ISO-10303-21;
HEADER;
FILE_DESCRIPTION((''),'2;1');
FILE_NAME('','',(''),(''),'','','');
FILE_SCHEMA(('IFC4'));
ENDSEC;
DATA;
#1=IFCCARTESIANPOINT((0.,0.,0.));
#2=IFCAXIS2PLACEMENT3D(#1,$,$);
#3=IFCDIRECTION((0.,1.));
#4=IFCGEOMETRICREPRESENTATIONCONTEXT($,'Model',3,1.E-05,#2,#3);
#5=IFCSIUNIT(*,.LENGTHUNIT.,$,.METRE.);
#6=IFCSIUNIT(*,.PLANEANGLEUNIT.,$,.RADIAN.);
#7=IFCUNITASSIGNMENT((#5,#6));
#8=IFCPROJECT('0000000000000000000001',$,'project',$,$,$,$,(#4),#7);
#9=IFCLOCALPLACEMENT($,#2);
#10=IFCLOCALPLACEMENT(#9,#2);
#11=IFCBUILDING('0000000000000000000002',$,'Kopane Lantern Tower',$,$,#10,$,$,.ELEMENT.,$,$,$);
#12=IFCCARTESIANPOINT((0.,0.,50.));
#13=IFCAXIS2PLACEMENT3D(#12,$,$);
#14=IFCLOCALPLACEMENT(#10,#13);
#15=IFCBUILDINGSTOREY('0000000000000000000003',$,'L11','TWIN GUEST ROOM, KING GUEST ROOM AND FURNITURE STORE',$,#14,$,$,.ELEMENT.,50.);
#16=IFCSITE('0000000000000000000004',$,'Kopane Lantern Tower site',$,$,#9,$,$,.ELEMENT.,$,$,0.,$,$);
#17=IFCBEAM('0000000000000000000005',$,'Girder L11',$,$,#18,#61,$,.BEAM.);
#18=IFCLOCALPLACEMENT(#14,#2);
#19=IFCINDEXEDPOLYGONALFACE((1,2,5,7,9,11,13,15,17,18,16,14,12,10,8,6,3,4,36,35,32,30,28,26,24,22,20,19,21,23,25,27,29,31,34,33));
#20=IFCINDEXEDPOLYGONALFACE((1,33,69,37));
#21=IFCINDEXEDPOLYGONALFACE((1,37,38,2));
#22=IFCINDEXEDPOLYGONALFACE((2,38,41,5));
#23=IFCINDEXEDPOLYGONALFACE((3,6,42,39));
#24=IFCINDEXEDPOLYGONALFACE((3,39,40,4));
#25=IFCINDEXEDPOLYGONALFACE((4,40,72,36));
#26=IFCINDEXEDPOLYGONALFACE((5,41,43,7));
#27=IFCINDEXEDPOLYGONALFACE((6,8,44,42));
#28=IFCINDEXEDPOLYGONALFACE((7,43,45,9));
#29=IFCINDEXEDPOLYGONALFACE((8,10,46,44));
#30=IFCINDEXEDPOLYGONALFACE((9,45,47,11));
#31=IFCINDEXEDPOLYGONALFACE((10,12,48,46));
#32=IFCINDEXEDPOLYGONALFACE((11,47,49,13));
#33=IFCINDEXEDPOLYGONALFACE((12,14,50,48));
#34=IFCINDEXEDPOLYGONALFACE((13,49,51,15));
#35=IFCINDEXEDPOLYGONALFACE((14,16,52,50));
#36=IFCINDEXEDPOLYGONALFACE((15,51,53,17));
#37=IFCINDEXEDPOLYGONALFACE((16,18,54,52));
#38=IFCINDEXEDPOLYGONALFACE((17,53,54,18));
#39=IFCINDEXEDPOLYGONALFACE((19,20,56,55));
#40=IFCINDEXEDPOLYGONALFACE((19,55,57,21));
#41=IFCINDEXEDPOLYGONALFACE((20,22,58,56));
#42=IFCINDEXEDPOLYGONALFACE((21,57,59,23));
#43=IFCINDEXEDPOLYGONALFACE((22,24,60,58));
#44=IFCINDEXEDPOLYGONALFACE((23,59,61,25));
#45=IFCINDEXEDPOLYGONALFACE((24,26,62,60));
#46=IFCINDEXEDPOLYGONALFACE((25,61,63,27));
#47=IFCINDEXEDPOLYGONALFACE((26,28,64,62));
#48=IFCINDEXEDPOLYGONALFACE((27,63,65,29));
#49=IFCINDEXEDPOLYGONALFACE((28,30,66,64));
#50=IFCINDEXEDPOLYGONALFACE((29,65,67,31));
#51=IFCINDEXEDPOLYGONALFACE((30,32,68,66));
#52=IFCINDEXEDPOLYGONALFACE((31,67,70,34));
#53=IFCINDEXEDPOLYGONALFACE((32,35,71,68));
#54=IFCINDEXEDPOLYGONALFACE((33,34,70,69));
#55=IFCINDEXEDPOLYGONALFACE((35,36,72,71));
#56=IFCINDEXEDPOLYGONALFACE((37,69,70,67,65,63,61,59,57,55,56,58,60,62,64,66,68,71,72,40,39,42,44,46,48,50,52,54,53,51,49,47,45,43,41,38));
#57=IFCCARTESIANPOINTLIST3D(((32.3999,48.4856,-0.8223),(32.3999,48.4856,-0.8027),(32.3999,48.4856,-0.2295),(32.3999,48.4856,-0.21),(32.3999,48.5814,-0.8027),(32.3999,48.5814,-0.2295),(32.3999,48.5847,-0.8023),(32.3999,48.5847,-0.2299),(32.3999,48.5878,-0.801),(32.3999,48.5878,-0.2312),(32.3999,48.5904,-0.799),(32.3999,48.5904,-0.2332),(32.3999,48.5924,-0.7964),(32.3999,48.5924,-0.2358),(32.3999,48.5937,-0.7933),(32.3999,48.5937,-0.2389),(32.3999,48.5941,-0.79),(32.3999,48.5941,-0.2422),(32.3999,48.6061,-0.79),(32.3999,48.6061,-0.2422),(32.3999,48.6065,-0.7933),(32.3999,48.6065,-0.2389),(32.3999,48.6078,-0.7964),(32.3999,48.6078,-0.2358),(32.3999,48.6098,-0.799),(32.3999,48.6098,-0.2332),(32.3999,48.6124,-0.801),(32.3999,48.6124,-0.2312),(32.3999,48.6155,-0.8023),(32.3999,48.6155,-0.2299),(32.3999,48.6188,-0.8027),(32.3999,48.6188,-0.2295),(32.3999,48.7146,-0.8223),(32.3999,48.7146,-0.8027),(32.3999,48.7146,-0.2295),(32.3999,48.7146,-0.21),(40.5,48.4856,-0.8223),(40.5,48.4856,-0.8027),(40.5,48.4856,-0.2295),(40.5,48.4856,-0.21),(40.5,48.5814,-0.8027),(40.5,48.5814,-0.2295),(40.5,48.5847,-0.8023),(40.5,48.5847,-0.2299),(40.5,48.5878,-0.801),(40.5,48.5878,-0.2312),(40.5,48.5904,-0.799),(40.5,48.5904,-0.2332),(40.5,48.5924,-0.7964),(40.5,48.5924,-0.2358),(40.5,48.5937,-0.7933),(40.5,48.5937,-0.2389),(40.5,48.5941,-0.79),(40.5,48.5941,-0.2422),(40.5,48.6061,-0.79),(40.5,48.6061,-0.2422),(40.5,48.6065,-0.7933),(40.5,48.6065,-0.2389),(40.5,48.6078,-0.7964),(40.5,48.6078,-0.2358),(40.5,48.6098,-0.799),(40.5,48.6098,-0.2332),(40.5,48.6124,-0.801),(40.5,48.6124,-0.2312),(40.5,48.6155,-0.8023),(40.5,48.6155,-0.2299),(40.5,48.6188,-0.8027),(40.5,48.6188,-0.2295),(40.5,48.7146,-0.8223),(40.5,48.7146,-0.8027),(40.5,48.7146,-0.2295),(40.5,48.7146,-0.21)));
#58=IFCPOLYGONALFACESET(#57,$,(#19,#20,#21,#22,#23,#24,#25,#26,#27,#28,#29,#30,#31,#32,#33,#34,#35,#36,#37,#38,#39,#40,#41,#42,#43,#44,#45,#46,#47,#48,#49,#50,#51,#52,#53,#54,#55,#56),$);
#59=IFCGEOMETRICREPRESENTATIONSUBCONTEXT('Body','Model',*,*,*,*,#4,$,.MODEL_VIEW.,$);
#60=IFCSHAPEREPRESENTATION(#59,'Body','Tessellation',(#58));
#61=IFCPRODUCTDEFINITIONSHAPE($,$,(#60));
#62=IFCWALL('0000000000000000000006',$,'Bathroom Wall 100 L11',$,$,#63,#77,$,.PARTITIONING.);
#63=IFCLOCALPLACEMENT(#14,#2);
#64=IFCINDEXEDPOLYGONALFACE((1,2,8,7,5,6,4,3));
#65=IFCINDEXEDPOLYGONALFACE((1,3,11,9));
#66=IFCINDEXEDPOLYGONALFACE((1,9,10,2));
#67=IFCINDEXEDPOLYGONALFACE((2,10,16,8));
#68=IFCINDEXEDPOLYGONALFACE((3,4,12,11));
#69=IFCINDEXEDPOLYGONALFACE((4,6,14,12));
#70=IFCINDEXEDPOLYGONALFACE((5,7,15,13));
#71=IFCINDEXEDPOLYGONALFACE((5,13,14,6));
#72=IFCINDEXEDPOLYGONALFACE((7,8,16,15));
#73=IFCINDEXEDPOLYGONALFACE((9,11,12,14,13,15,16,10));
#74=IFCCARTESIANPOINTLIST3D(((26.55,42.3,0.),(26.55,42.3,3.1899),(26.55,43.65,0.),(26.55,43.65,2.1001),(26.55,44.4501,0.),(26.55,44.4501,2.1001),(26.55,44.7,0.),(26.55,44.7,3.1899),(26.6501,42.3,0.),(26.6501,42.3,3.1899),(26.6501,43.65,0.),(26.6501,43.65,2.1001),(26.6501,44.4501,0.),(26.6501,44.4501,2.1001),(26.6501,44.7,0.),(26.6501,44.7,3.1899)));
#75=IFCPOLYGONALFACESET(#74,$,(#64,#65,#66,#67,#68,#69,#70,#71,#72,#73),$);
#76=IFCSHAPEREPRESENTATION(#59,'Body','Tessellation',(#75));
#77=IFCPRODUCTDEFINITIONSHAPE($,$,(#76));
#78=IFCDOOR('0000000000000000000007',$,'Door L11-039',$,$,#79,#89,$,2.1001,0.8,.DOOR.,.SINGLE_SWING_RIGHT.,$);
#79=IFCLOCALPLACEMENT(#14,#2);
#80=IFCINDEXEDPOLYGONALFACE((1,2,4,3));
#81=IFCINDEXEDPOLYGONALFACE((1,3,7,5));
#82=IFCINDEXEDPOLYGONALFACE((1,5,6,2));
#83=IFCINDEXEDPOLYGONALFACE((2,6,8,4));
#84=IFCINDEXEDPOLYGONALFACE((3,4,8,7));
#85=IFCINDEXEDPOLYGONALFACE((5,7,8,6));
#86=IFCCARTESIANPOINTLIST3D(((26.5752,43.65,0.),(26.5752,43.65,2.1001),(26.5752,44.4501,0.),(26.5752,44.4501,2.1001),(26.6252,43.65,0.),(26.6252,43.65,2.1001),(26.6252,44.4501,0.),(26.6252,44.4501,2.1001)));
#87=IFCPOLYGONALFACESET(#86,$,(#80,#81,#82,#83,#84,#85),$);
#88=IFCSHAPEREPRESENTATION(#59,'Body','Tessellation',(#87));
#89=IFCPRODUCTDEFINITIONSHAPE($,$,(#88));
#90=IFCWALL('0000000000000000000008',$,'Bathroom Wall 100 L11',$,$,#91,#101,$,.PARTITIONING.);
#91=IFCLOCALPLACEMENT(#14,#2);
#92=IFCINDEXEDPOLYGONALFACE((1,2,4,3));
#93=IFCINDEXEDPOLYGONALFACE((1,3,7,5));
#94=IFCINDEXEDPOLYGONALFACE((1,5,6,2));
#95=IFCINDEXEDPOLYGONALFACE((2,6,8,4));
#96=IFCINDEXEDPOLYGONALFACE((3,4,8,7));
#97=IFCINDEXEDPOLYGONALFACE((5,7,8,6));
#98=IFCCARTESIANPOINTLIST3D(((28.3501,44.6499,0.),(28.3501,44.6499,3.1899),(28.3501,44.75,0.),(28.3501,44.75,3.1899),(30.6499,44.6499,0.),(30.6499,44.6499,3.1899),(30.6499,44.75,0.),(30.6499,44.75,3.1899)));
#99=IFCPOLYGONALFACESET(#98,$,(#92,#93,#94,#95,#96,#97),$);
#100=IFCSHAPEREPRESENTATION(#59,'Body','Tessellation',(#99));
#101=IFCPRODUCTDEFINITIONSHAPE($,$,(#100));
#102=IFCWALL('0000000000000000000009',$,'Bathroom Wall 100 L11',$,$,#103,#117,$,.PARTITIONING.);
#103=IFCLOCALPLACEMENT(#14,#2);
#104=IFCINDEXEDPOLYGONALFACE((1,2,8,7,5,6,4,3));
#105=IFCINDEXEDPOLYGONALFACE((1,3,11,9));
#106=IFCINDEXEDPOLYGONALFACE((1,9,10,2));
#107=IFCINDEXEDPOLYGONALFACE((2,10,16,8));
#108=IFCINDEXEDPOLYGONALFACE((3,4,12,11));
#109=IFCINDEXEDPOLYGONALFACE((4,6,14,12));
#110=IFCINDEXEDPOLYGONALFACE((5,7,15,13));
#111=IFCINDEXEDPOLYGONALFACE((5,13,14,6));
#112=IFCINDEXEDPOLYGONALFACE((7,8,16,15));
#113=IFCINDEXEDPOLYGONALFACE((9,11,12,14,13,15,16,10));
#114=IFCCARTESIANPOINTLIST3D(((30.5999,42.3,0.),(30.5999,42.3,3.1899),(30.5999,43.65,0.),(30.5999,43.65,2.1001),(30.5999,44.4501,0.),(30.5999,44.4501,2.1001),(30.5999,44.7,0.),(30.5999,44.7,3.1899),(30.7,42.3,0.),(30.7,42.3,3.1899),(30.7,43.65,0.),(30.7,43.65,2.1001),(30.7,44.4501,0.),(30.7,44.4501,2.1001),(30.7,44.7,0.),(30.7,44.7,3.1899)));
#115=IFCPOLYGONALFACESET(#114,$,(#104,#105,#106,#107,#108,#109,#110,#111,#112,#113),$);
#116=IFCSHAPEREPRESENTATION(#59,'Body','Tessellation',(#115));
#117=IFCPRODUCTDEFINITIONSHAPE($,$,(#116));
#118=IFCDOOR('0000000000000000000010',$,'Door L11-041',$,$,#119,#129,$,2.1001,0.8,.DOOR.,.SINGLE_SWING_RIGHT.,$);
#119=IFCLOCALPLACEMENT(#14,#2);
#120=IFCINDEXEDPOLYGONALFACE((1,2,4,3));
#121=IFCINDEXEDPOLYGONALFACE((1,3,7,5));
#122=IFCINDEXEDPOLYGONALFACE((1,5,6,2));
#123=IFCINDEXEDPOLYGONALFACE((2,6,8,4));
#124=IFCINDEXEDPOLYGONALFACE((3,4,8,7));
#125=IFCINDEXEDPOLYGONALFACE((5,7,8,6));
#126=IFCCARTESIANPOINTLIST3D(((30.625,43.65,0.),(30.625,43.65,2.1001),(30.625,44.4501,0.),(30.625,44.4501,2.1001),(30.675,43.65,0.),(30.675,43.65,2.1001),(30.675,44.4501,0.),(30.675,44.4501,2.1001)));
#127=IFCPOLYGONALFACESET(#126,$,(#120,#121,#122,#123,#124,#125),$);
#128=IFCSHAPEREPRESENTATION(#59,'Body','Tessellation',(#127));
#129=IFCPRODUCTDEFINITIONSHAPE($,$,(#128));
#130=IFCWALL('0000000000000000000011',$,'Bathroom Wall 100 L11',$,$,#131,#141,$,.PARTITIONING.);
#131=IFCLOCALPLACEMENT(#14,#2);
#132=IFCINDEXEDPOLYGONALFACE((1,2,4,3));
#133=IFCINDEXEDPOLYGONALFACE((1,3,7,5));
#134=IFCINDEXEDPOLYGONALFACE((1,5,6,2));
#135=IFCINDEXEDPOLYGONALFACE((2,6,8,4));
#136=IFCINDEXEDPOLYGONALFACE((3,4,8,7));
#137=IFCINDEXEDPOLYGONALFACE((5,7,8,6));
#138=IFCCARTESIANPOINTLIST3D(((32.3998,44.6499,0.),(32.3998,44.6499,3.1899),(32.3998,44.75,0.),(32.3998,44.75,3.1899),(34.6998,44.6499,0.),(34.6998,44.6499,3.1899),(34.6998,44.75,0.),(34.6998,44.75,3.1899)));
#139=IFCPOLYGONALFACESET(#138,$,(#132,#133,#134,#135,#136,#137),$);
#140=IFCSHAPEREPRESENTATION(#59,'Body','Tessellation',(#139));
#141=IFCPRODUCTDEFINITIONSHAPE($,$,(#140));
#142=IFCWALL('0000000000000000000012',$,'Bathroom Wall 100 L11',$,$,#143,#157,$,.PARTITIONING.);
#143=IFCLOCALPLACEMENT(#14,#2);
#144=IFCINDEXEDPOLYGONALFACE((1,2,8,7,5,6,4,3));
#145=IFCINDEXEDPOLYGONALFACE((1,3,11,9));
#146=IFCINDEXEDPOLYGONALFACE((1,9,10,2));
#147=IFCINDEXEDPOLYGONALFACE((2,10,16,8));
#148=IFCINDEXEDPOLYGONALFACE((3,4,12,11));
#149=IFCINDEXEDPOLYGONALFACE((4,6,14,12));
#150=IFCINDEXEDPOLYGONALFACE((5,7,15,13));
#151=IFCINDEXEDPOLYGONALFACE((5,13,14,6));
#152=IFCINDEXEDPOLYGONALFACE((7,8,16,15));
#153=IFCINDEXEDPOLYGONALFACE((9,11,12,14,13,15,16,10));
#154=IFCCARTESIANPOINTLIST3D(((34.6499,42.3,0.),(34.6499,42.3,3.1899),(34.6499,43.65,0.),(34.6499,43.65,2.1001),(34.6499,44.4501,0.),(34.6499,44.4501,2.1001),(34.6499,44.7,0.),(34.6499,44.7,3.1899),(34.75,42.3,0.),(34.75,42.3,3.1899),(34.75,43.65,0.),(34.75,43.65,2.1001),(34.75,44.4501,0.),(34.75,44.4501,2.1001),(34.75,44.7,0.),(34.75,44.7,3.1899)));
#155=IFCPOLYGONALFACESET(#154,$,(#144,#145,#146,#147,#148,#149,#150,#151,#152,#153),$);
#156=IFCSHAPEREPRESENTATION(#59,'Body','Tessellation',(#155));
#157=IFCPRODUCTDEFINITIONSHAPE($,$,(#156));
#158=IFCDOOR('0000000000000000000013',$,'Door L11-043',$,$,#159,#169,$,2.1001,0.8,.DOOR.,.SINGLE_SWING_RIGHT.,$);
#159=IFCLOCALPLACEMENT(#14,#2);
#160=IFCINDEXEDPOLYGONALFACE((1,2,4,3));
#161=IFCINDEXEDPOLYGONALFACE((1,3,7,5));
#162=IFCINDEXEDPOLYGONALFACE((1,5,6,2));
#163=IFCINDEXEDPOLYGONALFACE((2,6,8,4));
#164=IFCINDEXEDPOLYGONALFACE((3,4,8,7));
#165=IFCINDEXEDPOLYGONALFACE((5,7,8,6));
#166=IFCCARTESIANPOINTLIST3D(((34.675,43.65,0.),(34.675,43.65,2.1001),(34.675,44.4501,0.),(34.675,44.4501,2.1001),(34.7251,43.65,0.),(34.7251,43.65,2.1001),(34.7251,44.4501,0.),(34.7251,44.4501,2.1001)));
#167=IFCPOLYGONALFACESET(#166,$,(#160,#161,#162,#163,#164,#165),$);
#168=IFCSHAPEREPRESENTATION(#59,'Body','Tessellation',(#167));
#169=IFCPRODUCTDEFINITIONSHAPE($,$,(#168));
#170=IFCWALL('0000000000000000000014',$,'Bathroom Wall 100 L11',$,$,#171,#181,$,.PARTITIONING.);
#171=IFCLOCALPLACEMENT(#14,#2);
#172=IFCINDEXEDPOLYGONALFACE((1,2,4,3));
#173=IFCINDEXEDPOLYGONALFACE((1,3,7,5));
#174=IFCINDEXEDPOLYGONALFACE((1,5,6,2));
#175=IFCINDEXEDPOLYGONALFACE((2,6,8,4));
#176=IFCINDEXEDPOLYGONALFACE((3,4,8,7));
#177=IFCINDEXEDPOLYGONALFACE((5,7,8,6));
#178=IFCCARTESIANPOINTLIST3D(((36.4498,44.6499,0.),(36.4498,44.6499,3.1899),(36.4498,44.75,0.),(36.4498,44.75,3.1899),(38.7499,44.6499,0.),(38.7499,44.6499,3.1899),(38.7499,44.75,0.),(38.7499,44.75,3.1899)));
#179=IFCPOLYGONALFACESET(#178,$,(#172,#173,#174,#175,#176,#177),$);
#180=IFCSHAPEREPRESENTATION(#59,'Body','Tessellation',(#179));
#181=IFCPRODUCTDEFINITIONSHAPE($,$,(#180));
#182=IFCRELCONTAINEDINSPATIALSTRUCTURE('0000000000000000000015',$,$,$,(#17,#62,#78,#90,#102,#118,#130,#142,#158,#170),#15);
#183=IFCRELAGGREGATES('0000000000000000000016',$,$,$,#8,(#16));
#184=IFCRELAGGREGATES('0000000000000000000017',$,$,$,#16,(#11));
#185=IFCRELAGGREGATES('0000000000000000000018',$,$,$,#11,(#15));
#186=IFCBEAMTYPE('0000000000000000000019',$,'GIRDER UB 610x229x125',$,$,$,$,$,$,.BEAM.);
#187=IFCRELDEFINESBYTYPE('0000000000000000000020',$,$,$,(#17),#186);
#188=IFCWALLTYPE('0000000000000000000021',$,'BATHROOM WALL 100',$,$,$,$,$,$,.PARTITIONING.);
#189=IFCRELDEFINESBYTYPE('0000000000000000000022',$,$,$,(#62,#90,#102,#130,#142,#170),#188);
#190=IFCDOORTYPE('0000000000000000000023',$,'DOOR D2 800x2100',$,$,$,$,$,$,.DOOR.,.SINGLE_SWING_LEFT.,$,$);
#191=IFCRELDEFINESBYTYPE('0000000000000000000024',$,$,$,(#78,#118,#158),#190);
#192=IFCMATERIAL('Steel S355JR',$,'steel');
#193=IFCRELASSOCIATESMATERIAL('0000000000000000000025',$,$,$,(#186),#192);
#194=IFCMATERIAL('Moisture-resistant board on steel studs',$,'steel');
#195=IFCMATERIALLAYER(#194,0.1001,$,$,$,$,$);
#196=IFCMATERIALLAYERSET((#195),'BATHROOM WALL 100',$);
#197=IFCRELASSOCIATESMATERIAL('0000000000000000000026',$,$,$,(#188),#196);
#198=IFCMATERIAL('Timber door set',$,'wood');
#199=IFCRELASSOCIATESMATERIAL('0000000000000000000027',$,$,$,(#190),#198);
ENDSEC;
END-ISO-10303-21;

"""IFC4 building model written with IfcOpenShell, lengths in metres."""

from ifc_helpers import new_model, si_unit, direction, frame, frame_2d, origin, origin_2d, place, context, subcontext, project, spatial, rectangle, i_section, extrude, material, layer, layer_set, material_profile, profile_set, type_object, element, fill, save


model = new_model("IFC4")

# Units and contexts
model_context = context("Model", 3, precision=1e-05, world=origin(), true_north=direction((0.0, 1.0)))
body_context = subcontext(model_context, "Body", "Model", "MODEL_VIEW")
ifc_project = project(units=[si_unit("LENGTHUNIT", "METRE"), si_unit("PLANEANGLEUNIT", "RADIAN")], contexts=[model_context])

# Site, building, storey
site_placement = place(None, origin())
site = spatial("IfcSite", under=ifc_project, at=site_placement, Name="Kopane Lantern Tower site", CompositionType="ELEMENT", RefElevation=0.0)
building_placement = place(site_placement, origin())
building = spatial("IfcBuilding", under=site, at=building_placement, Name="Kopane Lantern Tower", CompositionType="ELEMENT")
storey_placement = place(building_placement, frame((0.0, 0.0, 50.0)))
storey = spatial("IfcBuildingStorey", under=building, at=storey_placement, Name="L11", Description="TWIN GUEST ROOM, KING GUEST ROOM AND FURNITURE STORE", CompositionType="ELEMENT", Elevation=50.0)

# Beam
ifc_material_1 = material(Name="Steel S355JR", Category="steel")
ifc_material_profile_1 = material_profile(ifc_material_1, i_section(OverallWidth=0.229, OverallDepth=0.6123, WebThickness=0.012, FlangeThickness=0.0195, FilletRadius=0.0127, at=origin_2d()), Name="UB 610x229x125")
ifc_profile_set_1 = profile_set([ifc_material_profile_1], Name="Steel S355JR")
beam_type = type_object("IfcBeamType", Name="GIRDER UB 610x229x125", PredefinedType="BEAM", material=ifc_profile_set_1)
for number, where, z_axis, x_axis, name in (
    (1, (32.3999, 48.6001, -0.5161), (1.0, 0.0, 0.0), (0.0, 1.0, 0.0), "Girder L11"),
):
    element("IfcBeam", number, at=place(storey_placement, frame(where, z_axis=z_axis, x_axis=x_axis)), inside=storey, type_object=beam_type, Name=name, PredefinedType="BEAM", context=body_context, shape_type="SweptSolid", body=[
        extrude(i_section(OverallWidth=0.229, OverallDepth=0.6123, WebThickness=0.012, FlangeThickness=0.0195, FilletRadius=0.0127, at=origin_2d()), origin(), (0.0, 0.0, 1.0), 8.1001),
    ])

# Wall, opening, door
ifc_material_2 = material(Name="Moisture-resistant board on steel studs", Category="steel")
ifc_layer_1 = layer(ifc_material_2, 0.1001)
ifc_layer_set_1 = layer_set([ifc_layer_1], Name="BATHROOM WALL 100")
wall_type_1 = type_object("IfcWallType", Name="BATHROOM WALL 100", PredefinedType="PARTITIONING", material=ifc_layer_set_1)
wall_1_placement = place(storey_placement, frame((26.6001, 42.3, 0.0), z_axis=(0.0, 0.0, 1.0), x_axis=(0.0, 1.0, 0.0)))
wall_1 = element("IfcWall", 2, at=wall_1_placement, inside=storey, type_object=wall_type_1, Name="Bathroom Wall 100 L11", PredefinedType="PARTITIONING", context=body_context, shape_type="SweptSolid", body=[
    extrude(rectangle(XDim=2.3999, YDim=0.1001, at=frame_2d((1.2, 0.0))), origin(), (0.0, 0.0, 1.0), 3.1899),
])
opening_1_placement = place(wall_1_placement, frame((1.3501, 0.0, 0.0)))
opening_1 = element("IfcOpeningElement", 3, at=opening_1_placement, cuts=wall_1, PredefinedType="OPENING", context=body_context, shape_type="SweptSolid", body=[
    extrude(rectangle(XDim=0.8, YDim=2.1001, at=frame_2d((0.3999, 1.05))), frame((0.0, 0.0601, 0.0), z_axis=(0.0, -1.0, 0.0), x_axis=(1.0, 0.0, 0.0)), (0.0, 0.0, 1.0), 0.1201),
])
ifc_material_3 = material(Name="Timber door set", Category="wood")
door_type_1 = type_object("IfcDoorType", Name="DOOR D2 800x2100", OperationType="SINGLE_SWING_LEFT", PredefinedType="DOOR", material=ifc_material_3)
door_1_placement = place(opening_1_placement, origin())
door_1 = element("IfcDoor", 4, at=door_1_placement, inside=storey, type_object=door_type_1, Name="Door L11-039", OperationType="SINGLE_SWING_RIGHT", OverallHeight=2.1001, OverallWidth=0.8, PredefinedType="DOOR", context=body_context, shape_type="SweptSolid", body=[
    extrude(rectangle(XDim=0.8, YDim=2.1001, at=frame_2d((0.3999, 1.05))), frame((0.0, 0.0249, 0.0), z_axis=(0.0, -1.0, 0.0), x_axis=(1.0, 0.0, 0.0)), (0.0, 0.0, 1.0), 0.05),
])
fill(opening_1, door_1)

# Wall
wall_2_placement = place(storey_placement, frame((28.3501, 44.7, 0.0), z_axis=(0.0, 0.0, 1.0), x_axis=(1.0, 0.0, 0.0)))
element("IfcWall", 5, at=wall_2_placement, inside=storey, type_object=wall_type_1, Name="Bathroom Wall 100 L11", PredefinedType="PARTITIONING", context=body_context, shape_type="SweptSolid", body=[
    extrude(rectangle(XDim=2.2998, YDim=0.1001, at=frame_2d((1.1499, 0.0))), origin(), (0.0, 0.0, 1.0), 3.1899),
])

# Wall, opening, door
wall_3_placement = place(storey_placement, frame((30.6499, 42.3, 0.0), z_axis=(0.0, 0.0, 1.0), x_axis=(0.0, 1.0, 0.0)))
wall_3 = element("IfcWall", 6, at=wall_3_placement, inside=storey, type_object=wall_type_1, Name="Bathroom Wall 100 L11", PredefinedType="PARTITIONING", context=body_context, shape_type="SweptSolid", body=[
    extrude(rectangle(XDim=2.3999, YDim=0.1001, at=frame_2d((1.2, 0.0))), origin(), (0.0, 0.0, 1.0), 3.1899),
])
opening_2_placement = place(wall_3_placement, frame((1.3501, 0.0, 0.0)))
opening_2 = element("IfcOpeningElement", 7, at=opening_2_placement, cuts=wall_3, PredefinedType="OPENING", context=body_context, shape_type="SweptSolid", body=[
    extrude(rectangle(XDim=0.8, YDim=2.1001, at=frame_2d((0.3999, 1.05))), frame((0.0, 0.0601, 0.0), z_axis=(0.0, -1.0, 0.0), x_axis=(1.0, 0.0, 0.0)), (0.0, 0.0, 1.0), 0.1201),
])
door_2_placement = place(opening_2_placement, origin())
door_2 = element("IfcDoor", 8, at=door_2_placement, inside=storey, type_object=door_type_1, Name="Door L11-041", OperationType="SINGLE_SWING_RIGHT", OverallHeight=2.1001, OverallWidth=0.8, PredefinedType="DOOR", context=body_context, shape_type="SweptSolid", body=[
    extrude(rectangle(XDim=0.8, YDim=2.1001, at=frame_2d((0.3999, 1.05))), frame((0.0, 0.0249, 0.0), z_axis=(0.0, -1.0, 0.0), x_axis=(1.0, 0.0, 0.0)), (0.0, 0.0, 1.0), 0.05),
])
fill(opening_2, door_2)

# Wall
wall_4_placement = place(storey_placement, frame((32.3999, 44.7, 0.0), z_axis=(0.0, 0.0, 1.0), x_axis=(1.0, 0.0, 0.0)))
element("IfcWall", 9, at=wall_4_placement, inside=storey, type_object=wall_type_1, Name="Bathroom Wall 100 L11", PredefinedType="PARTITIONING", context=body_context, shape_type="SweptSolid", body=[
    extrude(rectangle(XDim=2.3, YDim=0.1001, at=frame_2d((1.1499, 0.0))), origin(), (0.0, 0.0, 1.0), 3.1899),
])

# Wall, opening, door
wall_5_placement = place(storey_placement, frame((34.7, 42.3, 0.0), z_axis=(0.0, 0.0, 1.0), x_axis=(0.0, 1.0, 0.0)))
wall_5 = element("IfcWall", 10, at=wall_5_placement, inside=storey, type_object=wall_type_1, Name="Bathroom Wall 100 L11", PredefinedType="PARTITIONING", context=body_context, shape_type="SweptSolid", body=[
    extrude(rectangle(XDim=2.3999, YDim=0.1001, at=frame_2d((1.2, 0.0))), origin(), (0.0, 0.0, 1.0), 3.1899),
])
opening_3_placement = place(wall_5_placement, frame((1.3501, 0.0, 0.0)))
opening_3 = element("IfcOpeningElement", 11, at=opening_3_placement, cuts=wall_5, PredefinedType="OPENING", context=body_context, shape_type="SweptSolid", body=[
    extrude(rectangle(XDim=0.8, YDim=2.1001, at=frame_2d((0.3999, 1.05))), frame((0.0, 0.0601, 0.0), z_axis=(0.0, -1.0, 0.0), x_axis=(1.0, 0.0, 0.0)), (0.0, 0.0, 1.0), 0.1201),
])
door_3_placement = place(opening_3_placement, origin())
door_3 = element("IfcDoor", 12, at=door_3_placement, inside=storey, type_object=door_type_1, Name="Door L11-043", OperationType="SINGLE_SWING_RIGHT", OverallHeight=2.1001, OverallWidth=0.8, PredefinedType="DOOR", context=body_context, shape_type="SweptSolid", body=[
    extrude(rectangle(XDim=0.8, YDim=2.1001, at=frame_2d((0.3999, 1.05))), frame((0.0, 0.0249, 0.0), z_axis=(0.0, -1.0, 0.0), x_axis=(1.0, 0.0, 0.0)), (0.0, 0.0, 1.0), 0.05),
])
fill(opening_3, door_3)

# Wall
wall_6_placement = place(storey_placement, frame((36.45, 44.7, 0.0), z_axis=(0.0, 0.0, 1.0), x_axis=(1.0, 0.0, 0.0)))
element("IfcWall", 13, at=wall_6_placement, inside=storey, type_object=wall_type_1, Name="Bathroom Wall 100 L11", PredefinedType="PARTITIONING", context=body_context, shape_type="SweptSolid", body=[
    extrude(rectangle(XDim=2.3, YDim=0.1001, at=frame_2d((1.1499, 0.0))), origin(), (0.0, 0.0, 1.0), 3.1899),
])

save(model, "model.ifc")
